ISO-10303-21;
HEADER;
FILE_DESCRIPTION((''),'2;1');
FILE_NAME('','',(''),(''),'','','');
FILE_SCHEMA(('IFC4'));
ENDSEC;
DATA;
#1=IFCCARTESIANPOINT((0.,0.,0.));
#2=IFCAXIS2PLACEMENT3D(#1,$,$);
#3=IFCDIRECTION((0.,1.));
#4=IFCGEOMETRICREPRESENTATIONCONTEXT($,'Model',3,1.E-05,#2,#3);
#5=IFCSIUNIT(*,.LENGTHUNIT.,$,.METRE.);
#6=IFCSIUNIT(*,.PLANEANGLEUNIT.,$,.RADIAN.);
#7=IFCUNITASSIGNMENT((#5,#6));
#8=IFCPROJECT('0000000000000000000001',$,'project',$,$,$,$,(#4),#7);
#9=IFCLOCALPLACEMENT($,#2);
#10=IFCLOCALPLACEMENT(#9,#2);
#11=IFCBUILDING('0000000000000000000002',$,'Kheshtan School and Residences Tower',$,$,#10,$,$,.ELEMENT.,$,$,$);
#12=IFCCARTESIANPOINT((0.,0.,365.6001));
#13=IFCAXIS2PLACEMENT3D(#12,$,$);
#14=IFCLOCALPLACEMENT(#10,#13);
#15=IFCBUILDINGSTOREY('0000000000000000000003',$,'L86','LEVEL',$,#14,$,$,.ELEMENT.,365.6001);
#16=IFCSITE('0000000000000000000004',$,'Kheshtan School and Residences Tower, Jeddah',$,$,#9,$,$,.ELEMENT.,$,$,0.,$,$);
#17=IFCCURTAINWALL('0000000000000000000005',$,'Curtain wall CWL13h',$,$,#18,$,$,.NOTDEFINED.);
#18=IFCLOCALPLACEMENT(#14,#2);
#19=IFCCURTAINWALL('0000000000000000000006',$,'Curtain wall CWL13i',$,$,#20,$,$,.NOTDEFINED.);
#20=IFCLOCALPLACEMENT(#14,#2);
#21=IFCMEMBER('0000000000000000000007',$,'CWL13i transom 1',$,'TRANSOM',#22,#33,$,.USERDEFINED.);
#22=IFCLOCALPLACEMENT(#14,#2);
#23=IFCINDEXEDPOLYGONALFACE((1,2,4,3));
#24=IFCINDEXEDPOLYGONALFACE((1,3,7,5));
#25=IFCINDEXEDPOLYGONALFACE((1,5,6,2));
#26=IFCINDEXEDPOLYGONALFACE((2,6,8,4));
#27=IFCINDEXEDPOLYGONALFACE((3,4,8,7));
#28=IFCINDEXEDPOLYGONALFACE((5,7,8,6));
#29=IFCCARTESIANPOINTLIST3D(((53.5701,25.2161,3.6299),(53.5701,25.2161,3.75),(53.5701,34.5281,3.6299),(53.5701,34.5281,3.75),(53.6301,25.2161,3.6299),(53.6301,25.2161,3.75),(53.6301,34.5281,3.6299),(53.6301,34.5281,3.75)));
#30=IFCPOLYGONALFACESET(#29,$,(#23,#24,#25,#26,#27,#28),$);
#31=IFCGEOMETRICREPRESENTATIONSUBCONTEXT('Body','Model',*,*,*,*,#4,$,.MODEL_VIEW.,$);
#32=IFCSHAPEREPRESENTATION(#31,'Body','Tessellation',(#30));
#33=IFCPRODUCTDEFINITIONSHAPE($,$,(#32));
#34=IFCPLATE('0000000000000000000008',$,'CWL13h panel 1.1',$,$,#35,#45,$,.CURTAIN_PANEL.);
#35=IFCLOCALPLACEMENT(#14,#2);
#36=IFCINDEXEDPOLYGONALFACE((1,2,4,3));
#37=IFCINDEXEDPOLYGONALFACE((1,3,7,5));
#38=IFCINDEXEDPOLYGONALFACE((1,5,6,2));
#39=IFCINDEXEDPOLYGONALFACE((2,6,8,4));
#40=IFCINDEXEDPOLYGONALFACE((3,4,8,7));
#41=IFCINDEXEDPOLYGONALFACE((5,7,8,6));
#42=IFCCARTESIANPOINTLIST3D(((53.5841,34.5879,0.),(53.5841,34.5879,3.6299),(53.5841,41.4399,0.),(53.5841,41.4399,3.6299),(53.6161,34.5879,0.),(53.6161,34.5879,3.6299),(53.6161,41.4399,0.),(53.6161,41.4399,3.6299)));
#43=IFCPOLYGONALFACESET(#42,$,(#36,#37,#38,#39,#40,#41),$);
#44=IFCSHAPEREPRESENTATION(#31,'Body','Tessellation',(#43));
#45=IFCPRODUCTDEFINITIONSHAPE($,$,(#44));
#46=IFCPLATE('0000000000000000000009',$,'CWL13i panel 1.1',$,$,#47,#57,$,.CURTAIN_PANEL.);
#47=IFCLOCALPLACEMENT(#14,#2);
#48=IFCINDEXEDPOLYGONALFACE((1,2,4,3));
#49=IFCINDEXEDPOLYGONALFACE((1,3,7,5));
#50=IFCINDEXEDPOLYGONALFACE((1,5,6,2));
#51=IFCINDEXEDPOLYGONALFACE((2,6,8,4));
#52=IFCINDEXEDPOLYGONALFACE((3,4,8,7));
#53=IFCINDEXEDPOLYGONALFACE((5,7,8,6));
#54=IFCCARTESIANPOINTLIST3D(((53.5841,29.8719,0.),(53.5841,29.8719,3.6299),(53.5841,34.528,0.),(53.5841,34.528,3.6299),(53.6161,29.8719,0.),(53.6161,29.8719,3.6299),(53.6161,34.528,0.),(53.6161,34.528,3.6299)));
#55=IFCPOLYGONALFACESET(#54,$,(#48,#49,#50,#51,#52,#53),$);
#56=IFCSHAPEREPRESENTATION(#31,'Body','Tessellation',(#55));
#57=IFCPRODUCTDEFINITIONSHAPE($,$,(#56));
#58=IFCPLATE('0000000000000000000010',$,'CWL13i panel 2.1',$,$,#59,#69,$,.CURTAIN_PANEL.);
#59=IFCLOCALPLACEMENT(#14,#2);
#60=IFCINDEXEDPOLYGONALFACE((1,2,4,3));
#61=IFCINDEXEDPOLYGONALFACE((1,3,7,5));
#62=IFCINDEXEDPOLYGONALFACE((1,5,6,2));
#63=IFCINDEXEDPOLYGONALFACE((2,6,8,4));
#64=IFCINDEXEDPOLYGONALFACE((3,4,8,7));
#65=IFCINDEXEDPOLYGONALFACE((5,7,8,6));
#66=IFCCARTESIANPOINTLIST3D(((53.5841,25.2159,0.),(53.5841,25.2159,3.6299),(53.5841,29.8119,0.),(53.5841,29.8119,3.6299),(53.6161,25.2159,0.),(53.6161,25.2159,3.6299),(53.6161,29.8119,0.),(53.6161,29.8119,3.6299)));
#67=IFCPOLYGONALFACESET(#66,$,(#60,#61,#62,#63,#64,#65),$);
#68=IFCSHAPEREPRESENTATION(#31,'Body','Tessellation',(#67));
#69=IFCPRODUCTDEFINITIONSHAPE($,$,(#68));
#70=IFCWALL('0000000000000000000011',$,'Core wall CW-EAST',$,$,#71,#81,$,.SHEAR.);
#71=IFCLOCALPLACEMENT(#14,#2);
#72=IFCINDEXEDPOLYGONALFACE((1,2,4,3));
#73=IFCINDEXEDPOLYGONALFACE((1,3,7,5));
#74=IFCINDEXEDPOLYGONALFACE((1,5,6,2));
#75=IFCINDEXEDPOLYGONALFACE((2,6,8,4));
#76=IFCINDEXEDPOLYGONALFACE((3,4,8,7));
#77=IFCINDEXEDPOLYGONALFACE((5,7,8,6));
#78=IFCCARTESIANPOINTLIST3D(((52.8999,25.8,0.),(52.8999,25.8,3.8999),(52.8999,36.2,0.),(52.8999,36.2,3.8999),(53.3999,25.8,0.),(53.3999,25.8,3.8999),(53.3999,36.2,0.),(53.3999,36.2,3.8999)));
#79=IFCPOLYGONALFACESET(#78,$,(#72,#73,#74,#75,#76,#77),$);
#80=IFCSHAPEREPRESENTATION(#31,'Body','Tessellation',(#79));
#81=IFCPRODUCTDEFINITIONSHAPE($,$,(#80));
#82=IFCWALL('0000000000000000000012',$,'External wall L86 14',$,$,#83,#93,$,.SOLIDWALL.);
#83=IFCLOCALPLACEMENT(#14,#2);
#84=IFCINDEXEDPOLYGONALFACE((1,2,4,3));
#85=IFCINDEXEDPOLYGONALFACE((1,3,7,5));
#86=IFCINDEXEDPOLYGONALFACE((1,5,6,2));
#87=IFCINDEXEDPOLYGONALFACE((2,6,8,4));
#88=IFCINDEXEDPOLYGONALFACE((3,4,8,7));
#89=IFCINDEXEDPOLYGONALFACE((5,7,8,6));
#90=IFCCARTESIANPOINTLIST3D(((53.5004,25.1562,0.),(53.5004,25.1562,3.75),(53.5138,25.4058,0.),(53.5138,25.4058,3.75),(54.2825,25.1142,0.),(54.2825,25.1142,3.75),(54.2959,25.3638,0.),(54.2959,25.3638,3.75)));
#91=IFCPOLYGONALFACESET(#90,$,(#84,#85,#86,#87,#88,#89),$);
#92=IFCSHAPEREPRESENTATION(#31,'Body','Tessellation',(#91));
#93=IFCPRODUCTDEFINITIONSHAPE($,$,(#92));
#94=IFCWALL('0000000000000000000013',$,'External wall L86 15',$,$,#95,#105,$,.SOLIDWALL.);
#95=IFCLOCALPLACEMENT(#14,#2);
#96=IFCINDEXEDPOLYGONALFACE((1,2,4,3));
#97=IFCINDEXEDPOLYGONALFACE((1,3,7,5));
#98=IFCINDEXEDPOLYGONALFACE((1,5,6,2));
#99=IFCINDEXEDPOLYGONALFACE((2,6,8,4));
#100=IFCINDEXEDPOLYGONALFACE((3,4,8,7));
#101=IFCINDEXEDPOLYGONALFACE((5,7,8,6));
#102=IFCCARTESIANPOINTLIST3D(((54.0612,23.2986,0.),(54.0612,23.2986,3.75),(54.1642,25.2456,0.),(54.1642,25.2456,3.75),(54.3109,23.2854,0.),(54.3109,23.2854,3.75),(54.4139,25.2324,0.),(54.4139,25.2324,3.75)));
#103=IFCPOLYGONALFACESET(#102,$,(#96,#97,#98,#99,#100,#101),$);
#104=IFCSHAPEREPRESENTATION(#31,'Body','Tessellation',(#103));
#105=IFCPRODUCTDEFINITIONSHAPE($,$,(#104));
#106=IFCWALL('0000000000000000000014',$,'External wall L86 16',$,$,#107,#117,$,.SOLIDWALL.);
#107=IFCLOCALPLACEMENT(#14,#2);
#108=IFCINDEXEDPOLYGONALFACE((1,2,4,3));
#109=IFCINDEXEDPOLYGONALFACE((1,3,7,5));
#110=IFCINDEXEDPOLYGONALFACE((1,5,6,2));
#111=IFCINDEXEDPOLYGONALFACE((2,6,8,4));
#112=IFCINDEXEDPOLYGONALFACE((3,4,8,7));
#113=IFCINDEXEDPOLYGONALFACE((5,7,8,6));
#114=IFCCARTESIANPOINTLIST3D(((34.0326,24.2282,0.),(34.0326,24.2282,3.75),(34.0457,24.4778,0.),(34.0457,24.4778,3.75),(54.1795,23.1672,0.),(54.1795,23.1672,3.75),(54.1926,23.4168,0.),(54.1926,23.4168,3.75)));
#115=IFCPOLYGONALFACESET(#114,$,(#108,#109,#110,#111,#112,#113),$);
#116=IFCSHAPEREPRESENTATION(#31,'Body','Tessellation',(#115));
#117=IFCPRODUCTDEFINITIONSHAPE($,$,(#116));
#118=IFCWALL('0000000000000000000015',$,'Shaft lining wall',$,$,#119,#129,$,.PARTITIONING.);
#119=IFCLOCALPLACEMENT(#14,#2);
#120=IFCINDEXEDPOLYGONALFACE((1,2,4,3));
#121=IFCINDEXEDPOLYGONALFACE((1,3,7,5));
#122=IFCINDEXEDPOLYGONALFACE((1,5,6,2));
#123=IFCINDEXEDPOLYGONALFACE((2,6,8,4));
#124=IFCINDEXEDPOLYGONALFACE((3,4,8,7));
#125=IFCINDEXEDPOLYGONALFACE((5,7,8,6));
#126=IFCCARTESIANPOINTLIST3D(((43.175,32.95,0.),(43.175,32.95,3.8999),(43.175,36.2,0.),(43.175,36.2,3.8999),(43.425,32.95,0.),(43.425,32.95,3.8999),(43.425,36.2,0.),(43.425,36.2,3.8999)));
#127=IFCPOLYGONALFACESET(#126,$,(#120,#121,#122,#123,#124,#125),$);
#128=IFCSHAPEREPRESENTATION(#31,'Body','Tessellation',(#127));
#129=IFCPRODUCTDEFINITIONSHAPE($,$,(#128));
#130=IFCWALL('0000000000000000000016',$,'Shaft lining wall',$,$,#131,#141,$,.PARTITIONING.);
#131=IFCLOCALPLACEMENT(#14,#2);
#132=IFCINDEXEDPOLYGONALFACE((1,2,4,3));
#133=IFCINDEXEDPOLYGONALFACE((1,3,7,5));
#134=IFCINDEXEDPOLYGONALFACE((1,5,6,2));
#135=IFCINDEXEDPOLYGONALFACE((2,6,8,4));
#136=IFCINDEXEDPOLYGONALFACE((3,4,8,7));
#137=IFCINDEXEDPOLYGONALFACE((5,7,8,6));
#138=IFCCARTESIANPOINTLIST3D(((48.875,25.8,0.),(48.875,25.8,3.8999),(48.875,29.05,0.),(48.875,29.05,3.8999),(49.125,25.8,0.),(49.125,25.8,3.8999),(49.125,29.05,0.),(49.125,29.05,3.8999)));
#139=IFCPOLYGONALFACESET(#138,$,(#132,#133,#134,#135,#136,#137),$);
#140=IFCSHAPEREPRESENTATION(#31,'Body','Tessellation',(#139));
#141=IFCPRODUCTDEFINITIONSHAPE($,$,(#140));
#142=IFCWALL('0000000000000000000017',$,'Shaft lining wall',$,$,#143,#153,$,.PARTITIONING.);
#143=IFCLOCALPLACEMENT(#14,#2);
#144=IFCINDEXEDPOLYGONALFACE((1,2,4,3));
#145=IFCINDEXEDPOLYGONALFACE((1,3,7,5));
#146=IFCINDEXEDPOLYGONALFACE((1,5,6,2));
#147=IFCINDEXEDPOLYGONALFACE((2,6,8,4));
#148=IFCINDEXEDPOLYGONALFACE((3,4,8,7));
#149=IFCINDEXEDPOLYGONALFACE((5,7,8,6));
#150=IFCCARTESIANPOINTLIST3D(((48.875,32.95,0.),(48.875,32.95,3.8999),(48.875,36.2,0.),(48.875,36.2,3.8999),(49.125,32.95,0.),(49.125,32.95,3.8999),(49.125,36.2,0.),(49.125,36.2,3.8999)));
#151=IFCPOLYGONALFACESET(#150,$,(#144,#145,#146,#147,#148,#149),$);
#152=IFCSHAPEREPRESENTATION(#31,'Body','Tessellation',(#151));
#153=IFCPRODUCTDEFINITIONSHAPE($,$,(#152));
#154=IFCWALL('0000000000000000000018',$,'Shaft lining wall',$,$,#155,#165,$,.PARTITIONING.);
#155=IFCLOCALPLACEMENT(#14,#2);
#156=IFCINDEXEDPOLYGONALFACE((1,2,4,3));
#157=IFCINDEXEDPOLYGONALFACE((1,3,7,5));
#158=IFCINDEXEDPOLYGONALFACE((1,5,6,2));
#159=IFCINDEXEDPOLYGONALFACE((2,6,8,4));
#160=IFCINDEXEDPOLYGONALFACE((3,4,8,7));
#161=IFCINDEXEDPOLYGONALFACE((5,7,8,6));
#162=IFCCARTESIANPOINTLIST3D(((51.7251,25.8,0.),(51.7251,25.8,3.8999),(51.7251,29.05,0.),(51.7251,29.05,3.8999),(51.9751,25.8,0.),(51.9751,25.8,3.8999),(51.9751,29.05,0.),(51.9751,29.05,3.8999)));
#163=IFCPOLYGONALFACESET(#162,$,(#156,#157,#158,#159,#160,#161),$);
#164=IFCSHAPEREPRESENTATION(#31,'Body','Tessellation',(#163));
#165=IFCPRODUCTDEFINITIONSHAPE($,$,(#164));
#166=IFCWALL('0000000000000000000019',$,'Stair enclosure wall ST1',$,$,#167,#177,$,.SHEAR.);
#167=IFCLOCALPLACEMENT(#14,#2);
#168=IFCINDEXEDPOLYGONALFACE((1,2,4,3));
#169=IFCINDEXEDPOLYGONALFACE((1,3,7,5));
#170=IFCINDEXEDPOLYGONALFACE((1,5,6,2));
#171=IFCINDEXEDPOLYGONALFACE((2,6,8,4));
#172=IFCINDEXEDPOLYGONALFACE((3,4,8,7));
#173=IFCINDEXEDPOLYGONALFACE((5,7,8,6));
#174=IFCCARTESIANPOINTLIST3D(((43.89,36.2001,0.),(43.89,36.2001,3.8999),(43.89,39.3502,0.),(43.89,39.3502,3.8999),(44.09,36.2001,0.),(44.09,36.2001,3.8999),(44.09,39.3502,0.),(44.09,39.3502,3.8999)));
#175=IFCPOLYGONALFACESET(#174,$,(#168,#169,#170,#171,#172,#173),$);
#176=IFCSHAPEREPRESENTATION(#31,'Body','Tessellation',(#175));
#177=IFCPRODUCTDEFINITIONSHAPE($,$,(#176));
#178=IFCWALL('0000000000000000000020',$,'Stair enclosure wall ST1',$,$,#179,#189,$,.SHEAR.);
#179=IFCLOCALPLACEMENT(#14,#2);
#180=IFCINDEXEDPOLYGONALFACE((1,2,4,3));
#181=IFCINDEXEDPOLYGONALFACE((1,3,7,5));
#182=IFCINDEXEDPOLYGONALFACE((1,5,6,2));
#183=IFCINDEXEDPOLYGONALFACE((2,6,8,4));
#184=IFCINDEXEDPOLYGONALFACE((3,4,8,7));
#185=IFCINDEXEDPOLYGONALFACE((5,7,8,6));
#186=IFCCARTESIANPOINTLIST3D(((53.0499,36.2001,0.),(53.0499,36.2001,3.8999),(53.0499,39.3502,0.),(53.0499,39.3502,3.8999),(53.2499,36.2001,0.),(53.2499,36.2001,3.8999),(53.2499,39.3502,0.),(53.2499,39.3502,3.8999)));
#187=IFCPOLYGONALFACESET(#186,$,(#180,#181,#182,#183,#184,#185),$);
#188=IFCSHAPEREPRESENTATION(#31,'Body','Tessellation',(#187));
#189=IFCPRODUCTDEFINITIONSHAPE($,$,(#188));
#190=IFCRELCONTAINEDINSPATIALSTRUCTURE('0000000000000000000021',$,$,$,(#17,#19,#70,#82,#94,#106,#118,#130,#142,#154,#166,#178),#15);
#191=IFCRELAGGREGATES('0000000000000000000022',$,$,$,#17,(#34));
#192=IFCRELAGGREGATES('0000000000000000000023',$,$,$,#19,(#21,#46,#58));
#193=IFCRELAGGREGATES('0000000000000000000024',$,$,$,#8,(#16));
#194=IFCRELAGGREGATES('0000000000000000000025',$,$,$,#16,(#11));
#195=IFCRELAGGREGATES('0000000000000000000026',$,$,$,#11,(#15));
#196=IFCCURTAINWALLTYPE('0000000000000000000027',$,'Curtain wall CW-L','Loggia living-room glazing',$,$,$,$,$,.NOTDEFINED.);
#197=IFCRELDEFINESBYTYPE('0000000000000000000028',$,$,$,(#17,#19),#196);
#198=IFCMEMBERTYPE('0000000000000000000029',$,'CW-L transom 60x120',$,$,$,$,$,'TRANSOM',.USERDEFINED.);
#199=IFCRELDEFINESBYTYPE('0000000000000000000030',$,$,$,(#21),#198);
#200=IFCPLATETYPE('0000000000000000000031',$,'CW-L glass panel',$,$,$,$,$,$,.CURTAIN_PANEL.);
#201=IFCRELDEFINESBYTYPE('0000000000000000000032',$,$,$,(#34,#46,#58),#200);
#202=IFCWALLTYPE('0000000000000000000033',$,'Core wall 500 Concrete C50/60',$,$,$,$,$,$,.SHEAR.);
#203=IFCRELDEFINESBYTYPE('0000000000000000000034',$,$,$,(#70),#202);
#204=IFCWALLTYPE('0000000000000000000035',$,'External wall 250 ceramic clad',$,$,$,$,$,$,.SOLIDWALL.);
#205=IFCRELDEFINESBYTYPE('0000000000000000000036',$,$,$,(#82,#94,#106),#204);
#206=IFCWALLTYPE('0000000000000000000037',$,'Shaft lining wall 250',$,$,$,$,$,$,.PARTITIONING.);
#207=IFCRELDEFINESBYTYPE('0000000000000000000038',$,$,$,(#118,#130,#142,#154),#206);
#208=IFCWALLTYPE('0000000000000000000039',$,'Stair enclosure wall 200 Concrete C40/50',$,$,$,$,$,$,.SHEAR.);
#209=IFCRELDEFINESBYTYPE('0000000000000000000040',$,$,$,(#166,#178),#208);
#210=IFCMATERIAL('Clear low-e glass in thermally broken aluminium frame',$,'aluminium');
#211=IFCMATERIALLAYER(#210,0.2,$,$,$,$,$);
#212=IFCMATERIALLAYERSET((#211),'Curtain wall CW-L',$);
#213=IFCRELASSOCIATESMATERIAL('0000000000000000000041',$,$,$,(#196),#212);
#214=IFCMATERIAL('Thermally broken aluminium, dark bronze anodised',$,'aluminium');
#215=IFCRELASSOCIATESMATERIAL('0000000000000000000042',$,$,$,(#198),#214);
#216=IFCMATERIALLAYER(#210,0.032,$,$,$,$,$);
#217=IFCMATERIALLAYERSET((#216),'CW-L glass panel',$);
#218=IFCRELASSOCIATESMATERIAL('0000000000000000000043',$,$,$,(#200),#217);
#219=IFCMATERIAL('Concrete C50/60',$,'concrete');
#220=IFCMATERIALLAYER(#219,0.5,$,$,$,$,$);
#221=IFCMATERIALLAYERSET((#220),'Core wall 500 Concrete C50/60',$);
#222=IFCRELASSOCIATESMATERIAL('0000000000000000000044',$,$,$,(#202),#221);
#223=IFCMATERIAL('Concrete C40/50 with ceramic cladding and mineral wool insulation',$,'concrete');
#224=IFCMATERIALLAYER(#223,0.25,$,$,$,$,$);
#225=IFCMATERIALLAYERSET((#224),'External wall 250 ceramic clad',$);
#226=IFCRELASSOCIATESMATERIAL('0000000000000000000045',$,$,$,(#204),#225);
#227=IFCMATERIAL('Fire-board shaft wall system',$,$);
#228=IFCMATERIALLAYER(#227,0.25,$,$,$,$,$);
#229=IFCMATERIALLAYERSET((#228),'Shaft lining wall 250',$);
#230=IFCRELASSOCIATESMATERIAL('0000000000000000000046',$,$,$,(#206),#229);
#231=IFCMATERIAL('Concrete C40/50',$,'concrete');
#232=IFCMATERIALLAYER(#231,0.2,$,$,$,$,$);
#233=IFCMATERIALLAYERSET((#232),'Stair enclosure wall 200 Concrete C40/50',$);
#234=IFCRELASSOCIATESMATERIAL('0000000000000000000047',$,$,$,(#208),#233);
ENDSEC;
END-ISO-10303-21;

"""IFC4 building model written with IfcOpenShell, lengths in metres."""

from ifc_helpers import new_model, si_unit, direction, frame, frame_2d, origin, origin_2d, place, context, subcontext, project, spatial, rectangle, extrude, material, layer, layer_set, material_profile, profile_set, type_object, element, aggregate, save


model = new_model("IFC4")

# Units and contexts
model_context = context("Model", 3, precision=1e-05, world=origin(), true_north=direction((0.0, 1.0)))
body_context = subcontext(model_context, "Body", "Model", "MODEL_VIEW")
ifc_project = project(units=[si_unit("LENGTHUNIT", "METRE"), si_unit("PLANEANGLEUNIT", "RADIAN")], contexts=[model_context])

# Site, building, storey
site_placement = place(None, origin())
site = spatial("IfcSite", under=ifc_project, at=site_placement, Name="Kheshtan School and Residences Tower, Jeddah", CompositionType="ELEMENT", RefElevation=0.0)
building_placement = place(site_placement, origin())
building = spatial("IfcBuilding", under=site, at=building_placement, Name="Kheshtan School and Residences Tower", CompositionType="ELEMENT")
storey_placement = place(building_placement, frame((0.0, 0.0, 365.6001)))
storey = spatial("IfcBuildingStorey", under=building, at=storey_placement, Name="L86", Description="LEVEL", CompositionType="ELEMENT", Elevation=365.6001)

# Curtain wall
ifc_material_1 = material(Name="Clear low-e glass in thermally broken aluminium frame", Category="aluminium")
ifc_layer_1 = layer(ifc_material_1, 0.2)
ifc_layer_set_1 = layer_set([ifc_layer_1], Name="Curtain wall CW-L")
curtain_wall_type = type_object("IfcCurtainWallType", Name="Curtain wall CW-L", Description="Loggia living-room glazing", PredefinedType="NOTDEFINED", material=ifc_layer_set_1)
curtain_wall_1_placement = place(storey_placement, origin())
curtain_wall_1 = element("IfcCurtainWall", 1, at=curtain_wall_1_placement, inside=storey, type_object=curtain_wall_type, Name="Curtain wall CWL13h", PredefinedType="NOTDEFINED")
ifc_material_2 = material(Name="Thermally broken aluminium, dark bronze anodised", Category="aluminium")

# Curtain wall, member
curtain_wall_2_placement = place(storey_placement, origin())
curtain_wall_2 = element("IfcCurtainWall", 2, at=curtain_wall_2_placement, inside=storey, type_object=curtain_wall_type, Name="Curtain wall CWL13i", PredefinedType="NOTDEFINED")
ifc_material_profile_1 = material_profile(ifc_material_2, rectangle(XDim=0.0601, YDim=0.1201, at=origin_2d()), Name="CW-L transom 60x120")
ifc_profile_set_1 = profile_set([ifc_material_profile_1], Name="Thermally broken aluminium, dark bronze anodised")
member_type_1 = type_object("IfcMemberType", Name="CW-L transom 60x120", ElementType="TRANSOM", PredefinedType="USERDEFINED", material=ifc_profile_set_1)
member_1_placement = place(storey_placement, frame((53.6001, 34.5281, 3.6899), z_axis=(0.0, -1.0, 0.0), x_axis=(1.0, 0.0, 0.0)))
member_1 = element("IfcMember", 3, at=member_1_placement, type_object=member_type_1, Name="CWL13i transom 1", ObjectType="TRANSOM", PredefinedType="USERDEFINED", context=body_context, shape_type="SweptSolid", body=[
    extrude(rectangle(XDim=0.0601, YDim=0.1201, at=origin_2d()), origin(), (0.0, 0.0, 1.0), 9.312),
])

# Plates
ifc_layer_2 = layer(ifc_material_1, 0.032)
ifc_layer_set_2 = layer_set([ifc_layer_2], Name="CW-L glass panel")
plate_type = type_object("IfcPlateType", Name="CW-L glass panel", PredefinedType="CURTAIN_PANEL", material=ifc_layer_set_2)
plate_1_placement = place(storey_placement, frame((53.6001, 38.0139, 0.0), z_axis=(0.0, 0.0, 1.0), x_axis=(0.0, -1.0, 0.0)))
plate_1 = element("IfcPlate", 4, at=plate_1_placement, type_object=plate_type, Name="CWL13h panel 1.1", PredefinedType="CURTAIN_PANEL", context=body_context, shape_type="SweptSolid", body=[
    extrude(rectangle(XDim=6.8521, YDim=0.032, at=origin_2d()), origin(), (0.0, 0.0, 1.0), 3.6299),
])
aggregate(curtain_wall_1, [plate_1])
plate_2_placement = place(storey_placement, frame((53.6001, 32.2, 0.0), z_axis=(0.0, 0.0, 1.0), x_axis=(0.0, -1.0, 0.0)))
plate_2 = element("IfcPlate", 5, at=plate_2_placement, type_object=plate_type, Name="CWL13i panel 1.1", PredefinedType="CURTAIN_PANEL", context=body_context, shape_type="SweptSolid", body=[
    extrude(rectangle(XDim=4.656, YDim=0.032, at=origin_2d()), origin(), (0.0, 0.0, 1.0), 3.6299),
])
plate_3_placement = place(storey_placement, frame((53.6001, 27.5139, 0.0), z_axis=(0.0, 0.0, 1.0), x_axis=(0.0, -1.0, 0.0)))
plate_3 = element("IfcPlate", 6, at=plate_3_placement, type_object=plate_type, Name="CWL13i panel 2.1", PredefinedType="CURTAIN_PANEL", context=body_context, shape_type="SweptSolid", body=[
    extrude(rectangle(XDim=4.5959, YDim=0.032, at=origin_2d()), origin(), (0.0, 0.0, 1.0), 3.6299),
])
aggregate(curtain_wall_2, [member_1, plate_2, plate_3])

# Walls
ifc_material_3 = material(Name="Concrete C50/60", Category="concrete")
ifc_layer_3 = layer(ifc_material_3, 0.5)
ifc_layer_set_3 = layer_set([ifc_layer_3], Name="Core wall 500 Concrete C50/60")
wall_type_1 = type_object("IfcWallType", Name="Core wall 500 Concrete C50/60", PredefinedType="SHEAR", material=ifc_layer_set_3)
wall_1_placement = place(storey_placement, frame((53.1499, 25.8, 0.0), z_axis=(0.0, 0.0, 1.0), x_axis=(0.0, 1.0, 0.0)))
element("IfcWall", 7, at=wall_1_placement, inside=storey, type_object=wall_type_1, Name="Core wall CW-EAST", PredefinedType="SHEAR", context=body_context, shape_type="SweptSolid", body=[
    extrude(rectangle(XDim=10.3999, YDim=0.5, at=frame_2d((5.2, 0.0))), origin(), (0.0, 0.0, 1.0), 3.8999),
])
ifc_material_4 = material(Name="Concrete C40/50 with ceramic cladding and mineral wool insulation", Category="concrete")
ifc_layer_4 = layer(ifc_material_4, 0.25)
ifc_layer_set_4 = layer_set([ifc_layer_4], Name="External wall 250 ceramic clad")
wall_type_2 = type_object("IfcWallType", Name="External wall 250 ceramic clad", PredefinedType="SOLIDWALL", material=ifc_layer_set_4)
wall_2_placement = place(storey_placement, frame((53.5071, 25.281, 0.0), z_axis=(0.0, 0.0, 1.0), x_axis=(0.998561, -0.053622, 0.0)))
element("IfcWall", 8, at=wall_2_placement, inside=storey, type_object=wall_type_2, Name="External wall L86 14", PredefinedType="SOLIDWALL", context=body_context, shape_type="SweptSolid", body=[
    extrude(rectangle(XDim=0.7832, YDim=0.25, at=frame_2d((0.3916, 0.0))), origin(), (0.0, 0.0, 1.0), 3.75),
])
wall_3_placement = place(storey_placement, frame((54.2891, 25.239, 0.0), z_axis=(0.0, 0.0, 1.0), x_axis=(-0.052841, -0.998603, 0.0)))
element("IfcWall", 9, at=wall_3_placement, inside=storey, type_object=wall_type_2, Name="External wall L86 15", PredefinedType="SOLIDWALL", context=body_context, shape_type="SweptSolid", body=[
    extrude(rectangle(XDim=1.9497, YDim=0.25, at=frame_2d((0.9749, 0.0))), origin(), (0.0, 0.0, 1.0), 3.75),
])
wall_4_placement = place(storey_placement, frame((54.186, 23.292, 0.0), z_axis=(0.0, 0.0, 1.0), x_axis=(-0.998616, 0.052592, 0.0)))
element("IfcWall", 10, at=wall_4_placement, inside=storey, type_object=wall_type_2, Name="External wall L86 16", PredefinedType="SOLIDWALL", context=body_context, shape_type="SweptSolid", body=[
    extrude(rectangle(XDim=20.1748, YDim=0.25, at=frame_2d((10.0874, 0.0))), origin(), (0.0, 0.0, 1.0), 3.75),
])
ifc_material_5 = material(Name="Fire-board shaft wall system")
ifc_layer_5 = layer(ifc_material_5, 0.25)
ifc_layer_set_5 = layer_set([ifc_layer_5], Name="Shaft lining wall 250")
wall_type_3 = type_object("IfcWallType", Name="Shaft lining wall 250", PredefinedType="PARTITIONING", material=ifc_layer_set_5)
for number, where, z_axis, x_axis, name in (
    (11, (43.3, 32.95, 0.0), (0.0, 0.0, 1.0), (0.0, 1.0, 0.0), "Shaft lining wall"),
    (12, (49.0, 25.8, 0.0), (0.0, 0.0, 1.0), (0.0, 1.0, 0.0), "Shaft lining wall"),
    (13, (49.0, 32.95, 0.0), (0.0, 0.0, 1.0), (0.0, 1.0, 0.0), "Shaft lining wall"),
    (14, (51.8501, 25.8, 0.0), (0.0, 0.0, 1.0), (0.0, 1.0, 0.0), "Shaft lining wall"),
):
    element("IfcWall", number, at=place(storey_placement, frame(where, z_axis=z_axis, x_axis=x_axis)), inside=storey, type_object=wall_type_3, Name=name, PredefinedType="PARTITIONING", context=body_context, shape_type="SweptSolid", body=[
        extrude(rectangle(XDim=3.25, YDim=0.25, at=frame_2d((1.625, 0.0))), origin(), (0.0, 0.0, 1.0), 3.8999),
    ])
ifc_material_6 = material(Name="Concrete C40/50", Category="concrete")
ifc_layer_6 = layer(ifc_material_6, 0.2)
ifc_layer_set_6 = layer_set([ifc_layer_6], Name="Stair enclosure wall 200 Concrete C40/50")
wall_type_4 = type_object("IfcWallType", Name="Stair enclosure wall 200 Concrete C40/50", PredefinedType="SHEAR", material=ifc_layer_set_6)
for number, where, z_axis, x_axis, name in (
    (15, (43.99, 36.2, 0.0), (0.0, 0.0, 1.0), (0.0, 1.0, 0.0), "Stair enclosure wall ST1"),
    (16, (53.1499, 36.2, 0.0), (0.0, 0.0, 1.0), (0.0, 1.0, 0.0), "Stair enclosure wall ST1"),
):
    element("IfcWall", number, at=place(storey_placement, frame(where, z_axis=z_axis, x_axis=x_axis)), inside=storey, type_object=wall_type_4, Name=name, PredefinedType="SHEAR", context=body_context, shape_type="SweptSolid", body=[
        extrude(rectangle(XDim=3.1501, YDim=0.2, at=frame_2d((1.5752, 0.0))), origin(), (0.0, 0.0, 1.0), 3.8999),
    ])

save(model, "model.ifc")
